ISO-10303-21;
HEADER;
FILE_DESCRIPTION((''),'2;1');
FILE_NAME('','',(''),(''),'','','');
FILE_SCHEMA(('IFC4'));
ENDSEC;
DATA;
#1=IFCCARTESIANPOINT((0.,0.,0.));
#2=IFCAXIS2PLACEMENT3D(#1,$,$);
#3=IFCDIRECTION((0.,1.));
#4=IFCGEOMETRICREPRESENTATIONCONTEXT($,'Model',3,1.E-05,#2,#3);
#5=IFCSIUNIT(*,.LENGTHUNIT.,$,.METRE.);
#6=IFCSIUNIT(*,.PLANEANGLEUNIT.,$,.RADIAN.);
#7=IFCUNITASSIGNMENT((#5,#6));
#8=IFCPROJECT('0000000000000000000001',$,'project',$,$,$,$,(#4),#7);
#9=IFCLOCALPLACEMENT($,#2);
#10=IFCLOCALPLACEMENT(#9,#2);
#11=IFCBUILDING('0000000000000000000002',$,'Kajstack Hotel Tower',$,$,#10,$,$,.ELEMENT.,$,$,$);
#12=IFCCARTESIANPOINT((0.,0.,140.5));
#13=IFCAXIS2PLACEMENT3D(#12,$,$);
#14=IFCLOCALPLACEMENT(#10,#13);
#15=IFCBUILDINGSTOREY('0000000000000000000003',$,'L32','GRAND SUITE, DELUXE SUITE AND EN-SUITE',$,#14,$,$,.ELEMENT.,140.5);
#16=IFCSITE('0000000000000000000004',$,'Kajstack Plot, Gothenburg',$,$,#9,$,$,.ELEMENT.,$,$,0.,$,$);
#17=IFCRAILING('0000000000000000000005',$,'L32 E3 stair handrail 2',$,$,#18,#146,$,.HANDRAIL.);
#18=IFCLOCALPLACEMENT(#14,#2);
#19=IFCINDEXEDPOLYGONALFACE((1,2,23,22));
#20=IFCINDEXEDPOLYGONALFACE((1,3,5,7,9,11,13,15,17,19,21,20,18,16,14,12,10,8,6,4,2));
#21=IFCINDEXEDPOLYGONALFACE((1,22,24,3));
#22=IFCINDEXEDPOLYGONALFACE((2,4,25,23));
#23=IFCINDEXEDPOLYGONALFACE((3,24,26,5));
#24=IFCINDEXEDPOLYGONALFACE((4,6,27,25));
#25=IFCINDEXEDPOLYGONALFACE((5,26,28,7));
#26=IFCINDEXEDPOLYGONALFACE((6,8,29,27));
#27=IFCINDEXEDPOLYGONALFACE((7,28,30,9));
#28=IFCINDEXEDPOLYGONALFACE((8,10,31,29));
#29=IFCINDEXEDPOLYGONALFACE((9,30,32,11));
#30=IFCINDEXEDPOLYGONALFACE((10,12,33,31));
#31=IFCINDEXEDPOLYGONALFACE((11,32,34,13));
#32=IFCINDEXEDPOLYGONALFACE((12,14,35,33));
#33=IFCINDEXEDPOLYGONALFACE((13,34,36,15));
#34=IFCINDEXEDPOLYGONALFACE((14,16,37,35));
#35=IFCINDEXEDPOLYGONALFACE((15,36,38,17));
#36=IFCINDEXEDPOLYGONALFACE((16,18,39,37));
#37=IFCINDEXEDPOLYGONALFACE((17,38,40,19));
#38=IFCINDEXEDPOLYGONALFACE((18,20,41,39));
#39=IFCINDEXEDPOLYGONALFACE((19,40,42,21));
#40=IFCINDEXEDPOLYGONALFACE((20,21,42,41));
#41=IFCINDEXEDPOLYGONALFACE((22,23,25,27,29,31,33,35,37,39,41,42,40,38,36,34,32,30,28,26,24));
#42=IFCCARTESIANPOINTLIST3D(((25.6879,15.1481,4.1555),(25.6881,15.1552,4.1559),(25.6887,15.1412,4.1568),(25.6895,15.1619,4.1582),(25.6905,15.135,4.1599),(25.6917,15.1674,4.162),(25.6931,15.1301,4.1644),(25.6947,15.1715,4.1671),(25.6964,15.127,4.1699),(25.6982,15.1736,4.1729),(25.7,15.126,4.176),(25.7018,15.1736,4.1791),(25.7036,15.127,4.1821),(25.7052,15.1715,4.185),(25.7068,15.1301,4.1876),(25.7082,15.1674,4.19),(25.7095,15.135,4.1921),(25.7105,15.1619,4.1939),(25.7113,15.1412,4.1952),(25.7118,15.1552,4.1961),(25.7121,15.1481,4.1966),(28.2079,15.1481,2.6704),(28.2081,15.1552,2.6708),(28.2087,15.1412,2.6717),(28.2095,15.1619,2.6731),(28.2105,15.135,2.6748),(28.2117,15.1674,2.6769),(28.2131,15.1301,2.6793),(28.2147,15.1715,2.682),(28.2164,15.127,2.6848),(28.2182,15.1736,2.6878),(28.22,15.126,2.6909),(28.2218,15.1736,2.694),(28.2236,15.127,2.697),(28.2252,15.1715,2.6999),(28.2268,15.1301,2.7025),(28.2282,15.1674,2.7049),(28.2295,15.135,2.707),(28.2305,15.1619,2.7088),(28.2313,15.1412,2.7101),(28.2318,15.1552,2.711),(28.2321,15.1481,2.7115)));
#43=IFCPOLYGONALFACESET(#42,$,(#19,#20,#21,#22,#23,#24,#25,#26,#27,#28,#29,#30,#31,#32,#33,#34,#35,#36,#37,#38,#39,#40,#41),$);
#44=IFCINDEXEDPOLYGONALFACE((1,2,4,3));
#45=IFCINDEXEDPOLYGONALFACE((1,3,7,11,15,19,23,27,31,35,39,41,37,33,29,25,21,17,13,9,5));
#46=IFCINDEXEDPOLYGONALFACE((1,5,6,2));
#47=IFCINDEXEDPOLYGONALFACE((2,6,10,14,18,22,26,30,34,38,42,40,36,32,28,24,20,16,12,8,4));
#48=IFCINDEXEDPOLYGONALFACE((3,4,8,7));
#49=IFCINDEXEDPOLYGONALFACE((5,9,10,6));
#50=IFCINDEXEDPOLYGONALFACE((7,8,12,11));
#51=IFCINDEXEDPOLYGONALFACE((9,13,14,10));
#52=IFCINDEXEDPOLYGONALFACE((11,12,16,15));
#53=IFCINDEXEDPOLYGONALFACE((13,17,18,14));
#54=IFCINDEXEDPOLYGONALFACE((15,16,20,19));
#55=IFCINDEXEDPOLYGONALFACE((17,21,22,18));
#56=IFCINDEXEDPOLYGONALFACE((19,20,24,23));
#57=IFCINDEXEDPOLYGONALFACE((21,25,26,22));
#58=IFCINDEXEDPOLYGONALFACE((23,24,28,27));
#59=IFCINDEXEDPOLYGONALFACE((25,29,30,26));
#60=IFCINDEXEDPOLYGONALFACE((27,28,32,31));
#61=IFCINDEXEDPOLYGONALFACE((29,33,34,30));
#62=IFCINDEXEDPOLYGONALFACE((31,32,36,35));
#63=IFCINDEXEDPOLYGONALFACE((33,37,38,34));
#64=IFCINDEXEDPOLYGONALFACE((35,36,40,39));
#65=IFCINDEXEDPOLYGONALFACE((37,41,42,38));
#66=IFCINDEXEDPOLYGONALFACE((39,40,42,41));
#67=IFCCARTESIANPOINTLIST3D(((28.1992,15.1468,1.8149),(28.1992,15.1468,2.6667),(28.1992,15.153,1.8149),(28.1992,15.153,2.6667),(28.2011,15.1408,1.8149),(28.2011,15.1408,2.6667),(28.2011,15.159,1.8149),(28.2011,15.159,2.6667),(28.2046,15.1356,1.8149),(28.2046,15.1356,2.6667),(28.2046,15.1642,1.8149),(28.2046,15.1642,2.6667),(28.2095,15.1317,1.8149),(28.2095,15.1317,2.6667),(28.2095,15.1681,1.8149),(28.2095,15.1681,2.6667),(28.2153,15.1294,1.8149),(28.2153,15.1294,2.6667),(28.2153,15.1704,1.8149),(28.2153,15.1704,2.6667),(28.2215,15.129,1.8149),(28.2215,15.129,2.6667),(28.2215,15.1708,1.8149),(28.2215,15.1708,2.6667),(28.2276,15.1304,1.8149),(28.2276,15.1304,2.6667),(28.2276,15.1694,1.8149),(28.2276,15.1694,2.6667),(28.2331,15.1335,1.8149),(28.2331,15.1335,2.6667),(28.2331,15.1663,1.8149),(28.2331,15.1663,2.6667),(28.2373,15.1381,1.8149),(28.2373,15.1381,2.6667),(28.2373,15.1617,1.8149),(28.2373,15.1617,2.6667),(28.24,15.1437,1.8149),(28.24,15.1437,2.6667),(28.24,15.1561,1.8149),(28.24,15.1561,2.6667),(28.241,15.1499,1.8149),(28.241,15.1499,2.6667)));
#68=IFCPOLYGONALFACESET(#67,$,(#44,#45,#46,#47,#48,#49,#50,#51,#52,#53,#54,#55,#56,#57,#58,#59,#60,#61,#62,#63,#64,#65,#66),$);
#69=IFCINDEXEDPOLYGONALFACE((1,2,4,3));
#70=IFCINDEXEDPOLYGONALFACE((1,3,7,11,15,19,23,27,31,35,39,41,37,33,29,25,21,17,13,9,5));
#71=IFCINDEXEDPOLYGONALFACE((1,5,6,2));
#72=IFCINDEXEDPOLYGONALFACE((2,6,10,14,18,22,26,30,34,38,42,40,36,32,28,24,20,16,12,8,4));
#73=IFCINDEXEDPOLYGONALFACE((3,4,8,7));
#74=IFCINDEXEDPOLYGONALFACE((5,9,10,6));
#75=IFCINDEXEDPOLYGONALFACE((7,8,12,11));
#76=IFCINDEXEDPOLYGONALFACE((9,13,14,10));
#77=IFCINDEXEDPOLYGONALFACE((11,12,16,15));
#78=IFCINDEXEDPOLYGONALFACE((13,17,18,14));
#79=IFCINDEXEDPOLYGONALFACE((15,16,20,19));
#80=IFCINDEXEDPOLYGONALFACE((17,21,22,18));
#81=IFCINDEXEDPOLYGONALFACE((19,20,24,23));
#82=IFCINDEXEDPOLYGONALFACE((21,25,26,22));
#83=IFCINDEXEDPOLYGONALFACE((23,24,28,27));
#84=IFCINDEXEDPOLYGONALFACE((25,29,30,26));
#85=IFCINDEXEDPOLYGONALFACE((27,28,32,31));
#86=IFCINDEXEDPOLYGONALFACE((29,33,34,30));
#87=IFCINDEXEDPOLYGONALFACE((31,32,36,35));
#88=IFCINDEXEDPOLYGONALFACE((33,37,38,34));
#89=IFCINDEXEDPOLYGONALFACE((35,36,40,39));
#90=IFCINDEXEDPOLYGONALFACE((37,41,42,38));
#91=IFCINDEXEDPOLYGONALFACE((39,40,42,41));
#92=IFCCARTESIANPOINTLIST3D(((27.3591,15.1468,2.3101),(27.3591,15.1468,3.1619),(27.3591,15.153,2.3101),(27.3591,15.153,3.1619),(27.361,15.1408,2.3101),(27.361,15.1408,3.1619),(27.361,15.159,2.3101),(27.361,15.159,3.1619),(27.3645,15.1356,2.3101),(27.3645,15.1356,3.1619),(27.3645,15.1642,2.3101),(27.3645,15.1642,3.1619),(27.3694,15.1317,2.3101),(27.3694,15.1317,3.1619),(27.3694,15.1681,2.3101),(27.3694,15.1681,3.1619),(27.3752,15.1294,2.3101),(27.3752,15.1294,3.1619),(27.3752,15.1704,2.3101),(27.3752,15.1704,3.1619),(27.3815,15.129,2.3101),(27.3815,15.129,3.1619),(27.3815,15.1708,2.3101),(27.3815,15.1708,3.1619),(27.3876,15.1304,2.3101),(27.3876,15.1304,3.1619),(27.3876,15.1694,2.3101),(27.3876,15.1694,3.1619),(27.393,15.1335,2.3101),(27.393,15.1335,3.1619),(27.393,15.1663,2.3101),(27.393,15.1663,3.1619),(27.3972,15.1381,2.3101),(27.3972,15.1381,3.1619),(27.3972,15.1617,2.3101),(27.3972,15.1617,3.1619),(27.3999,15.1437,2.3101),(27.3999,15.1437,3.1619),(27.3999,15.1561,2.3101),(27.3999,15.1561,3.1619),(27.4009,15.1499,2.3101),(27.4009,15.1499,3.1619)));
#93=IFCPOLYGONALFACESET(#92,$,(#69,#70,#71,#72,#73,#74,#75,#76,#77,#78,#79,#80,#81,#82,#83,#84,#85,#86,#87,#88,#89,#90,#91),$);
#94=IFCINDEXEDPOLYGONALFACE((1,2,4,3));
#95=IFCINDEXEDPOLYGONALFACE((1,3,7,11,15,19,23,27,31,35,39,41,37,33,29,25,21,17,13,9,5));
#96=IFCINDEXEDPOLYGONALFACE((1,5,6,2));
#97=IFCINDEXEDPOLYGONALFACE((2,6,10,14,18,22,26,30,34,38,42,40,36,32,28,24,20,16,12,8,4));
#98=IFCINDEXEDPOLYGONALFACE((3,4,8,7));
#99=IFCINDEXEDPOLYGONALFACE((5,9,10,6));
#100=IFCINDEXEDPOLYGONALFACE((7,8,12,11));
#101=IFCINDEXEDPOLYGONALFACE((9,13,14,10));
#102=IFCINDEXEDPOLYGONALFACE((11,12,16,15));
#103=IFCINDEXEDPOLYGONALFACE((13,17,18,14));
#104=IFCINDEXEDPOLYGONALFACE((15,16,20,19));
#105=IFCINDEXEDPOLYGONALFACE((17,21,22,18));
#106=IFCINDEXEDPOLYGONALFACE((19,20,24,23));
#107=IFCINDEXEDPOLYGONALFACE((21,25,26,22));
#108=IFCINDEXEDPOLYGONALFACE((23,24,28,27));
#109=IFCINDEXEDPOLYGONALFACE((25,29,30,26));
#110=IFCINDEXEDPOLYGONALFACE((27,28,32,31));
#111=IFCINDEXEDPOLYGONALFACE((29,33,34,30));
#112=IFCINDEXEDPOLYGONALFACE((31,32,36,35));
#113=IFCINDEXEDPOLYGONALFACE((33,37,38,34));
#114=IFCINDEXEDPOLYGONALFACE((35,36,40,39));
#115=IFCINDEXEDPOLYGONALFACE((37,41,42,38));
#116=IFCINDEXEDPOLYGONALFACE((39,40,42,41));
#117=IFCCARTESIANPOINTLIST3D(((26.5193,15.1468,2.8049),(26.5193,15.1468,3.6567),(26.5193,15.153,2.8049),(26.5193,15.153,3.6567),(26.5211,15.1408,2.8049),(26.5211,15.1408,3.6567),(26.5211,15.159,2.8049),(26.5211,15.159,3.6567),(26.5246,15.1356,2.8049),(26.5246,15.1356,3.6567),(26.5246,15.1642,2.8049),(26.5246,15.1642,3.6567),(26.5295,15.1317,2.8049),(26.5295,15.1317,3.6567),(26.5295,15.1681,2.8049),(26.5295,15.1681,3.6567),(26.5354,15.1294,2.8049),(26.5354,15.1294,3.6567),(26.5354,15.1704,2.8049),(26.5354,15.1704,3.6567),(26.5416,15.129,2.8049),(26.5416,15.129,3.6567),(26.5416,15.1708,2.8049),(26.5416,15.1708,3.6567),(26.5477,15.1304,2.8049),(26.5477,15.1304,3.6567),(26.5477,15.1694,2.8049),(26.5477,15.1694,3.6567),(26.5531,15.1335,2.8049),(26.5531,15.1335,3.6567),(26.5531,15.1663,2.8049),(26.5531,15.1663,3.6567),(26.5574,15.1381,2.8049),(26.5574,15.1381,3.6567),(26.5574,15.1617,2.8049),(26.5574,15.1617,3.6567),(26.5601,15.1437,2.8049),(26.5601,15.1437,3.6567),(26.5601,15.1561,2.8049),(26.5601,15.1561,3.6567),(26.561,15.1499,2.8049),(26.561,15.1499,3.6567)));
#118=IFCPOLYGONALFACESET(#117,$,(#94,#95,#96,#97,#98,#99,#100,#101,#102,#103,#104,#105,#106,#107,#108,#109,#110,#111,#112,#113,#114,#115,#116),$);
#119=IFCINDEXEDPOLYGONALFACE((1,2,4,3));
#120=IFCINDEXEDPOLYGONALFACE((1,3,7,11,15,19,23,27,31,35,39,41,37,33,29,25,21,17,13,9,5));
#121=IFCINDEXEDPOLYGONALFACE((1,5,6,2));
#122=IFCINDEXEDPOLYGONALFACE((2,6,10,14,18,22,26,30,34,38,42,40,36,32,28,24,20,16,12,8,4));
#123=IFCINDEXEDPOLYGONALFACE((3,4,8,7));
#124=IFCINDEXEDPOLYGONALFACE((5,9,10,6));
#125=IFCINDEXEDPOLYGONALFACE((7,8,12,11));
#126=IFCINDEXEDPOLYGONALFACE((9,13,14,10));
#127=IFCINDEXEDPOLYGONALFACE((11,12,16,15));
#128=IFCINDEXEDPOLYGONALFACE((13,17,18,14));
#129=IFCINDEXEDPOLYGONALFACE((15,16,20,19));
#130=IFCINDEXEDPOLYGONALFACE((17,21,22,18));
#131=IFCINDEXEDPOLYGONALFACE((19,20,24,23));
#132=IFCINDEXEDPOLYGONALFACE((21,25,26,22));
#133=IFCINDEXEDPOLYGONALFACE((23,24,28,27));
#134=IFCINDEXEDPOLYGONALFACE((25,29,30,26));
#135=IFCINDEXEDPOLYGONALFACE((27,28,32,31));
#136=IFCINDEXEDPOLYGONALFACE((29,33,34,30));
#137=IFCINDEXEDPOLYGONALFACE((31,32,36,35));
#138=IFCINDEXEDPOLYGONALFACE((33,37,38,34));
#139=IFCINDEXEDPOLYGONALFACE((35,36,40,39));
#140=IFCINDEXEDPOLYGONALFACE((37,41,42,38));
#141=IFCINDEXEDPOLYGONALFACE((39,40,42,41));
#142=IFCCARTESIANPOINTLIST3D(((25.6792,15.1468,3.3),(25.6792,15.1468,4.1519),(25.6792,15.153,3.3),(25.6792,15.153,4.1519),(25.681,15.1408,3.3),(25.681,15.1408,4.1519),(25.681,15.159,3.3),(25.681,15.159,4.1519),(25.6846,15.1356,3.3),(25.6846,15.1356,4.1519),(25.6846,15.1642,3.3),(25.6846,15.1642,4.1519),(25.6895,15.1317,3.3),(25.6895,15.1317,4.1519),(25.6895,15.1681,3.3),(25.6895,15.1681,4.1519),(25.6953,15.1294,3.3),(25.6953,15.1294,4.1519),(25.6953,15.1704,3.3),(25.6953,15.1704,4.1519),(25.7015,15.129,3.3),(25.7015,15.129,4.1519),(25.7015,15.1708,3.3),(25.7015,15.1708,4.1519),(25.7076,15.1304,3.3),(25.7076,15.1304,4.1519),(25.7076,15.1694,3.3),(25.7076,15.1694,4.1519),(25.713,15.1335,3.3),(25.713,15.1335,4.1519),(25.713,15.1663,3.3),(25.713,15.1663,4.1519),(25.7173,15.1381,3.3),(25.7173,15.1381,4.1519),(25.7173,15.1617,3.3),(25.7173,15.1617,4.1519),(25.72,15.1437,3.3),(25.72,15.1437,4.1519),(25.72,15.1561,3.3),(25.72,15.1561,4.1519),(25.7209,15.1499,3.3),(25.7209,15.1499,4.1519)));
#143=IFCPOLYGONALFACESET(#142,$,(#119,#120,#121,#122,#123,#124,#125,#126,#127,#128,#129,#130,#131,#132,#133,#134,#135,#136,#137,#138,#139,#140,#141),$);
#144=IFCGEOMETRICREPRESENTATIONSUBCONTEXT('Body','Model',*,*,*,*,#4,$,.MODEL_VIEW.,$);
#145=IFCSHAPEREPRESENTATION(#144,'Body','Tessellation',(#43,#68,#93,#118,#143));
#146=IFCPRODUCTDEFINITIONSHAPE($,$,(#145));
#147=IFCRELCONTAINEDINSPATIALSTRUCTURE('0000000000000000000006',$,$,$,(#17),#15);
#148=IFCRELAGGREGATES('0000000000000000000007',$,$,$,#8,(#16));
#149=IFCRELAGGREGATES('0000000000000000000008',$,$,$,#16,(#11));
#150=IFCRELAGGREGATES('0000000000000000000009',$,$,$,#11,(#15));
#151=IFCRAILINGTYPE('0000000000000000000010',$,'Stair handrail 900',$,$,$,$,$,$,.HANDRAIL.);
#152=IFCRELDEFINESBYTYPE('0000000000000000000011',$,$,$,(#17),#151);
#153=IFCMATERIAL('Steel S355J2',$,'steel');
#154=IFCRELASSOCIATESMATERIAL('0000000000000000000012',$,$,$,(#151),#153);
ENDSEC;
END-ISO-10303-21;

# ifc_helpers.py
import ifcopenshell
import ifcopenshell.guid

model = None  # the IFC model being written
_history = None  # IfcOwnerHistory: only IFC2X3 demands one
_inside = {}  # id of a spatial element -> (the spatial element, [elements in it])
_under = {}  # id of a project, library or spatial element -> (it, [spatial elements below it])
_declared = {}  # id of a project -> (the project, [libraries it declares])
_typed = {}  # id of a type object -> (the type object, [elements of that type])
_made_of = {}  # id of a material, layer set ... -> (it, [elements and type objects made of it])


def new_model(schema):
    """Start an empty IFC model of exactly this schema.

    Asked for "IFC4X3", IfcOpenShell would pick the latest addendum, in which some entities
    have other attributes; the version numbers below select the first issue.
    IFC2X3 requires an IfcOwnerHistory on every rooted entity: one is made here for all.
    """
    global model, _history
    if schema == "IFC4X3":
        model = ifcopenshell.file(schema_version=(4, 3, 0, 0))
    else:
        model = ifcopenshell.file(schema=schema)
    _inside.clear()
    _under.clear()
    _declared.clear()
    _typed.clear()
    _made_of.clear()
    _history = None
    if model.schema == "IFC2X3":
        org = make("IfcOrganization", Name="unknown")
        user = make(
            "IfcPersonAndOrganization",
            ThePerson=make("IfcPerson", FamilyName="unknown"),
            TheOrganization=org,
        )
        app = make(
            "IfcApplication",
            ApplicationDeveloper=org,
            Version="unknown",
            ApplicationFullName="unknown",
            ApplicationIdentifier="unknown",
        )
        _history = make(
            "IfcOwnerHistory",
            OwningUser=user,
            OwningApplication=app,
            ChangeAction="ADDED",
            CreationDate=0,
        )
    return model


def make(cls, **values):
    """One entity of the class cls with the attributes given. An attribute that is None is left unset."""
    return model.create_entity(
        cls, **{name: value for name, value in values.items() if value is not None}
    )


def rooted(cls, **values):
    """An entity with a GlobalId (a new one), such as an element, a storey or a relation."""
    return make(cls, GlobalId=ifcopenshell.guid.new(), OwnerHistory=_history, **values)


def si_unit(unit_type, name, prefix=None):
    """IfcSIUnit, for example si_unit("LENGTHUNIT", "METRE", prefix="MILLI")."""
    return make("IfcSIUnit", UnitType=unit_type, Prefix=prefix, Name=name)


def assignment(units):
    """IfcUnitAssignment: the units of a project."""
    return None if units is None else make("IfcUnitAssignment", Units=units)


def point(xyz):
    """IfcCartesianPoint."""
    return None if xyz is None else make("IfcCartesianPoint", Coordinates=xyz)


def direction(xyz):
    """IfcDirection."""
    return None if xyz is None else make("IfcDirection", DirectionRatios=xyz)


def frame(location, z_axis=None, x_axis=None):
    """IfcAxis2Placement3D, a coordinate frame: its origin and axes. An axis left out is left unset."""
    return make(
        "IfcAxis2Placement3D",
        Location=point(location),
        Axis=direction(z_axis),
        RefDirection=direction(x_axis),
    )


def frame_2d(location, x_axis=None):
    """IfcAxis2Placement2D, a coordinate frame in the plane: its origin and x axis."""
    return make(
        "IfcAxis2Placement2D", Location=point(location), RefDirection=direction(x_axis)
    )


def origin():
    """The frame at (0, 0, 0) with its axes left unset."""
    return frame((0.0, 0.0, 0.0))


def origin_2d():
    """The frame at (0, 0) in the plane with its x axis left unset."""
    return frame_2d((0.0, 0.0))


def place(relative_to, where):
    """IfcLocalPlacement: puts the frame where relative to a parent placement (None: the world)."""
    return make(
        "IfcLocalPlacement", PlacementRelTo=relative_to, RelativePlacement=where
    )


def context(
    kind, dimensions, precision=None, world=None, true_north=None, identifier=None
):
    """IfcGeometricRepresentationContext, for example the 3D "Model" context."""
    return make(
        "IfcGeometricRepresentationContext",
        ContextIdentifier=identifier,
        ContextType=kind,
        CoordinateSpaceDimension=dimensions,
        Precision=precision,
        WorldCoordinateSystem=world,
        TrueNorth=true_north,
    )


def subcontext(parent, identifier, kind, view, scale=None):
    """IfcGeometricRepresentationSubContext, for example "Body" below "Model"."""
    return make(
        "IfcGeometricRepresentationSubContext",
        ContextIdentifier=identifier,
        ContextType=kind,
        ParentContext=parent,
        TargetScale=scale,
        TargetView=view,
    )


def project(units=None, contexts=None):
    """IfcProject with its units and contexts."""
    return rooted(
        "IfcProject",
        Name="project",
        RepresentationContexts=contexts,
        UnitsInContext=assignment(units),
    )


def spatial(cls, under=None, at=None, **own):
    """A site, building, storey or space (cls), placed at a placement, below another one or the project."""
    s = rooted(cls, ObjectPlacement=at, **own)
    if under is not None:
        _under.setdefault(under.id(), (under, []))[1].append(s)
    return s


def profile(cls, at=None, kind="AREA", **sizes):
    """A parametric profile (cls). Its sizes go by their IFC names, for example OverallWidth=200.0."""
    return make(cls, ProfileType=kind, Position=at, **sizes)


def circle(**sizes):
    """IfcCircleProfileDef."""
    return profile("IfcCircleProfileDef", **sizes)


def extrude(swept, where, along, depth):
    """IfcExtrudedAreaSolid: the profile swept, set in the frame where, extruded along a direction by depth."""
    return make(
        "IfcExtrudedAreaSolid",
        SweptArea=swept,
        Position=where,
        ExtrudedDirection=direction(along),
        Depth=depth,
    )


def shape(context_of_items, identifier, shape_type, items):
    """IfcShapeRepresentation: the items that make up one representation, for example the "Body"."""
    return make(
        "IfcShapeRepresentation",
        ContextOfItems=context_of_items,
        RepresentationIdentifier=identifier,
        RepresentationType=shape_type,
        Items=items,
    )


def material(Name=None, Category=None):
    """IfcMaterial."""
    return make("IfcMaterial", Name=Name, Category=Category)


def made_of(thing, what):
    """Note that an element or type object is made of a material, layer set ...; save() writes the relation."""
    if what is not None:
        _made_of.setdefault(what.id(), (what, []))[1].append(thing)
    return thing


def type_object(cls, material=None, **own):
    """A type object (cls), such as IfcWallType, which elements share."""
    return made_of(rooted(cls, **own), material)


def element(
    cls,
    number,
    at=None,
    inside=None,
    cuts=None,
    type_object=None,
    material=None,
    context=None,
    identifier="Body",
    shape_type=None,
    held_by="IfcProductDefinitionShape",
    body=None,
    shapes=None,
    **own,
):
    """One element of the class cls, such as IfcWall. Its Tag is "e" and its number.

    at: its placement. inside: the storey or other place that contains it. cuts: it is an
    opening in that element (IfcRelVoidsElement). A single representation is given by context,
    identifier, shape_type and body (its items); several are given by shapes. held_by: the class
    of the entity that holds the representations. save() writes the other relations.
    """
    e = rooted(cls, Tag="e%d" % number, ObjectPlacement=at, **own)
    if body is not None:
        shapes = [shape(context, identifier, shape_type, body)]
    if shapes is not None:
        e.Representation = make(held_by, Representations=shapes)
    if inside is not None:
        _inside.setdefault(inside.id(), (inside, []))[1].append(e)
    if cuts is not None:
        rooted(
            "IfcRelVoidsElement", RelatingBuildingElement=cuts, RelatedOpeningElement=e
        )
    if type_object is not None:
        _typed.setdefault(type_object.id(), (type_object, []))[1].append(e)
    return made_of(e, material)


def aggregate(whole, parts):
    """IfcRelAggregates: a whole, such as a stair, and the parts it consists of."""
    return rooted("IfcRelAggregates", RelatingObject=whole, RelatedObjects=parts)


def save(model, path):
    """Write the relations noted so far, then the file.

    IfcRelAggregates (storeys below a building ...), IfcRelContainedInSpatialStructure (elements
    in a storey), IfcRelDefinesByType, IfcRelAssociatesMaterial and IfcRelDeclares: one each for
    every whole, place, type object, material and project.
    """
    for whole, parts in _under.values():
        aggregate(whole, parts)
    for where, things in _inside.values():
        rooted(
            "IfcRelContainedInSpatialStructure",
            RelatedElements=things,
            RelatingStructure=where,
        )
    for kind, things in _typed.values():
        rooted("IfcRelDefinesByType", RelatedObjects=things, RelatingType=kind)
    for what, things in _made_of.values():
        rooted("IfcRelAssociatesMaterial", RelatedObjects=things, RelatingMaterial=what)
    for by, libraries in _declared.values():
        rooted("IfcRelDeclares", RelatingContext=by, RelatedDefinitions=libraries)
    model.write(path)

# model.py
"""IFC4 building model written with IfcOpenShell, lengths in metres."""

from ifc_helpers import new_model, si_unit, direction, frame, origin, origin_2d, place, context, subcontext, project, spatial, circle, extrude, material, type_object, element, save


model = new_model("IFC4")

# Units and contexts
model_context = context("Model", 3, precision=1e-05, world=origin(), true_north=direction((0.0, 1.0)))
body_context = subcontext(model_context, "Body", "Model", "MODEL_VIEW")
ifc_project = project(units=[si_unit("LENGTHUNIT", "METRE"), si_unit("PLANEANGLEUNIT", "RADIAN")], contexts=[model_context])

# Site, building, storey
site_placement = place(None, origin())
site = spatial("IfcSite", under=ifc_project, at=site_placement, Name="Kajstack Plot, Gothenburg", CompositionType="ELEMENT", RefElevation=0.0)
building_placement = place(site_placement, origin())
building = spatial("IfcBuilding", under=site, at=building_placement, Name="Kajstack Hotel Tower", CompositionType="ELEMENT")
storey_placement = place(building_placement, frame((0.0, 0.0, 140.5)))
storey = spatial("IfcBuildingStorey", under=building, at=storey_placement, Name="L32", Description="GRAND SUITE, DELUXE SUITE AND EN-SUITE", CompositionType="ELEMENT", Elevation=140.5)

# Railing
ifc_material_1 = material(Name="Steel S355J2", Category="steel")
railing_type_1 = type_object("IfcRailingType", Name="Stair handrail 900", PredefinedType="HANDRAIL", material=ifc_material_1)
railing_1_placement = place(storey_placement, frame((28.22, 15.1499, 1.8149)))
element("IfcRailing", 1, at=railing_1_placement, inside=storey, type_object=railing_type_1, Name="L32 E3 stair handrail 2", PredefinedType="HANDRAIL", context=body_context, shape_type="SweptSolid", body=[
    extrude(circle(Radius=0.0239, at=origin_2d()), frame((0.0, 0.0, 0.876), z_axis=(-0.861524, 0.0, 0.507717), x_axis=(0.0, -1.0, 0.0)), (0.0, 0.0, 1.0), 2.925),
    extrude(circle(Radius=0.021, at=origin_2d()), origin(), (0.0, 0.0, 1.0), 0.8518),
    extrude(circle(Radius=0.021, at=origin_2d()), frame((-0.8401, 0.0, 0.4951)), (0.0, 0.0, 1.0), 0.8518),
    extrude(circle(Radius=0.021, at=origin_2d()), frame((-1.6799, 0.0, 0.99)), (0.0, 0.0, 1.0), 0.8518),
    extrude(circle(Radius=0.021, at=origin_2d()), frame((-2.52, 0.0, 1.4851)), (0.0, 0.0, 1.0), 0.8518),
])

save(model, "model.ifc")
